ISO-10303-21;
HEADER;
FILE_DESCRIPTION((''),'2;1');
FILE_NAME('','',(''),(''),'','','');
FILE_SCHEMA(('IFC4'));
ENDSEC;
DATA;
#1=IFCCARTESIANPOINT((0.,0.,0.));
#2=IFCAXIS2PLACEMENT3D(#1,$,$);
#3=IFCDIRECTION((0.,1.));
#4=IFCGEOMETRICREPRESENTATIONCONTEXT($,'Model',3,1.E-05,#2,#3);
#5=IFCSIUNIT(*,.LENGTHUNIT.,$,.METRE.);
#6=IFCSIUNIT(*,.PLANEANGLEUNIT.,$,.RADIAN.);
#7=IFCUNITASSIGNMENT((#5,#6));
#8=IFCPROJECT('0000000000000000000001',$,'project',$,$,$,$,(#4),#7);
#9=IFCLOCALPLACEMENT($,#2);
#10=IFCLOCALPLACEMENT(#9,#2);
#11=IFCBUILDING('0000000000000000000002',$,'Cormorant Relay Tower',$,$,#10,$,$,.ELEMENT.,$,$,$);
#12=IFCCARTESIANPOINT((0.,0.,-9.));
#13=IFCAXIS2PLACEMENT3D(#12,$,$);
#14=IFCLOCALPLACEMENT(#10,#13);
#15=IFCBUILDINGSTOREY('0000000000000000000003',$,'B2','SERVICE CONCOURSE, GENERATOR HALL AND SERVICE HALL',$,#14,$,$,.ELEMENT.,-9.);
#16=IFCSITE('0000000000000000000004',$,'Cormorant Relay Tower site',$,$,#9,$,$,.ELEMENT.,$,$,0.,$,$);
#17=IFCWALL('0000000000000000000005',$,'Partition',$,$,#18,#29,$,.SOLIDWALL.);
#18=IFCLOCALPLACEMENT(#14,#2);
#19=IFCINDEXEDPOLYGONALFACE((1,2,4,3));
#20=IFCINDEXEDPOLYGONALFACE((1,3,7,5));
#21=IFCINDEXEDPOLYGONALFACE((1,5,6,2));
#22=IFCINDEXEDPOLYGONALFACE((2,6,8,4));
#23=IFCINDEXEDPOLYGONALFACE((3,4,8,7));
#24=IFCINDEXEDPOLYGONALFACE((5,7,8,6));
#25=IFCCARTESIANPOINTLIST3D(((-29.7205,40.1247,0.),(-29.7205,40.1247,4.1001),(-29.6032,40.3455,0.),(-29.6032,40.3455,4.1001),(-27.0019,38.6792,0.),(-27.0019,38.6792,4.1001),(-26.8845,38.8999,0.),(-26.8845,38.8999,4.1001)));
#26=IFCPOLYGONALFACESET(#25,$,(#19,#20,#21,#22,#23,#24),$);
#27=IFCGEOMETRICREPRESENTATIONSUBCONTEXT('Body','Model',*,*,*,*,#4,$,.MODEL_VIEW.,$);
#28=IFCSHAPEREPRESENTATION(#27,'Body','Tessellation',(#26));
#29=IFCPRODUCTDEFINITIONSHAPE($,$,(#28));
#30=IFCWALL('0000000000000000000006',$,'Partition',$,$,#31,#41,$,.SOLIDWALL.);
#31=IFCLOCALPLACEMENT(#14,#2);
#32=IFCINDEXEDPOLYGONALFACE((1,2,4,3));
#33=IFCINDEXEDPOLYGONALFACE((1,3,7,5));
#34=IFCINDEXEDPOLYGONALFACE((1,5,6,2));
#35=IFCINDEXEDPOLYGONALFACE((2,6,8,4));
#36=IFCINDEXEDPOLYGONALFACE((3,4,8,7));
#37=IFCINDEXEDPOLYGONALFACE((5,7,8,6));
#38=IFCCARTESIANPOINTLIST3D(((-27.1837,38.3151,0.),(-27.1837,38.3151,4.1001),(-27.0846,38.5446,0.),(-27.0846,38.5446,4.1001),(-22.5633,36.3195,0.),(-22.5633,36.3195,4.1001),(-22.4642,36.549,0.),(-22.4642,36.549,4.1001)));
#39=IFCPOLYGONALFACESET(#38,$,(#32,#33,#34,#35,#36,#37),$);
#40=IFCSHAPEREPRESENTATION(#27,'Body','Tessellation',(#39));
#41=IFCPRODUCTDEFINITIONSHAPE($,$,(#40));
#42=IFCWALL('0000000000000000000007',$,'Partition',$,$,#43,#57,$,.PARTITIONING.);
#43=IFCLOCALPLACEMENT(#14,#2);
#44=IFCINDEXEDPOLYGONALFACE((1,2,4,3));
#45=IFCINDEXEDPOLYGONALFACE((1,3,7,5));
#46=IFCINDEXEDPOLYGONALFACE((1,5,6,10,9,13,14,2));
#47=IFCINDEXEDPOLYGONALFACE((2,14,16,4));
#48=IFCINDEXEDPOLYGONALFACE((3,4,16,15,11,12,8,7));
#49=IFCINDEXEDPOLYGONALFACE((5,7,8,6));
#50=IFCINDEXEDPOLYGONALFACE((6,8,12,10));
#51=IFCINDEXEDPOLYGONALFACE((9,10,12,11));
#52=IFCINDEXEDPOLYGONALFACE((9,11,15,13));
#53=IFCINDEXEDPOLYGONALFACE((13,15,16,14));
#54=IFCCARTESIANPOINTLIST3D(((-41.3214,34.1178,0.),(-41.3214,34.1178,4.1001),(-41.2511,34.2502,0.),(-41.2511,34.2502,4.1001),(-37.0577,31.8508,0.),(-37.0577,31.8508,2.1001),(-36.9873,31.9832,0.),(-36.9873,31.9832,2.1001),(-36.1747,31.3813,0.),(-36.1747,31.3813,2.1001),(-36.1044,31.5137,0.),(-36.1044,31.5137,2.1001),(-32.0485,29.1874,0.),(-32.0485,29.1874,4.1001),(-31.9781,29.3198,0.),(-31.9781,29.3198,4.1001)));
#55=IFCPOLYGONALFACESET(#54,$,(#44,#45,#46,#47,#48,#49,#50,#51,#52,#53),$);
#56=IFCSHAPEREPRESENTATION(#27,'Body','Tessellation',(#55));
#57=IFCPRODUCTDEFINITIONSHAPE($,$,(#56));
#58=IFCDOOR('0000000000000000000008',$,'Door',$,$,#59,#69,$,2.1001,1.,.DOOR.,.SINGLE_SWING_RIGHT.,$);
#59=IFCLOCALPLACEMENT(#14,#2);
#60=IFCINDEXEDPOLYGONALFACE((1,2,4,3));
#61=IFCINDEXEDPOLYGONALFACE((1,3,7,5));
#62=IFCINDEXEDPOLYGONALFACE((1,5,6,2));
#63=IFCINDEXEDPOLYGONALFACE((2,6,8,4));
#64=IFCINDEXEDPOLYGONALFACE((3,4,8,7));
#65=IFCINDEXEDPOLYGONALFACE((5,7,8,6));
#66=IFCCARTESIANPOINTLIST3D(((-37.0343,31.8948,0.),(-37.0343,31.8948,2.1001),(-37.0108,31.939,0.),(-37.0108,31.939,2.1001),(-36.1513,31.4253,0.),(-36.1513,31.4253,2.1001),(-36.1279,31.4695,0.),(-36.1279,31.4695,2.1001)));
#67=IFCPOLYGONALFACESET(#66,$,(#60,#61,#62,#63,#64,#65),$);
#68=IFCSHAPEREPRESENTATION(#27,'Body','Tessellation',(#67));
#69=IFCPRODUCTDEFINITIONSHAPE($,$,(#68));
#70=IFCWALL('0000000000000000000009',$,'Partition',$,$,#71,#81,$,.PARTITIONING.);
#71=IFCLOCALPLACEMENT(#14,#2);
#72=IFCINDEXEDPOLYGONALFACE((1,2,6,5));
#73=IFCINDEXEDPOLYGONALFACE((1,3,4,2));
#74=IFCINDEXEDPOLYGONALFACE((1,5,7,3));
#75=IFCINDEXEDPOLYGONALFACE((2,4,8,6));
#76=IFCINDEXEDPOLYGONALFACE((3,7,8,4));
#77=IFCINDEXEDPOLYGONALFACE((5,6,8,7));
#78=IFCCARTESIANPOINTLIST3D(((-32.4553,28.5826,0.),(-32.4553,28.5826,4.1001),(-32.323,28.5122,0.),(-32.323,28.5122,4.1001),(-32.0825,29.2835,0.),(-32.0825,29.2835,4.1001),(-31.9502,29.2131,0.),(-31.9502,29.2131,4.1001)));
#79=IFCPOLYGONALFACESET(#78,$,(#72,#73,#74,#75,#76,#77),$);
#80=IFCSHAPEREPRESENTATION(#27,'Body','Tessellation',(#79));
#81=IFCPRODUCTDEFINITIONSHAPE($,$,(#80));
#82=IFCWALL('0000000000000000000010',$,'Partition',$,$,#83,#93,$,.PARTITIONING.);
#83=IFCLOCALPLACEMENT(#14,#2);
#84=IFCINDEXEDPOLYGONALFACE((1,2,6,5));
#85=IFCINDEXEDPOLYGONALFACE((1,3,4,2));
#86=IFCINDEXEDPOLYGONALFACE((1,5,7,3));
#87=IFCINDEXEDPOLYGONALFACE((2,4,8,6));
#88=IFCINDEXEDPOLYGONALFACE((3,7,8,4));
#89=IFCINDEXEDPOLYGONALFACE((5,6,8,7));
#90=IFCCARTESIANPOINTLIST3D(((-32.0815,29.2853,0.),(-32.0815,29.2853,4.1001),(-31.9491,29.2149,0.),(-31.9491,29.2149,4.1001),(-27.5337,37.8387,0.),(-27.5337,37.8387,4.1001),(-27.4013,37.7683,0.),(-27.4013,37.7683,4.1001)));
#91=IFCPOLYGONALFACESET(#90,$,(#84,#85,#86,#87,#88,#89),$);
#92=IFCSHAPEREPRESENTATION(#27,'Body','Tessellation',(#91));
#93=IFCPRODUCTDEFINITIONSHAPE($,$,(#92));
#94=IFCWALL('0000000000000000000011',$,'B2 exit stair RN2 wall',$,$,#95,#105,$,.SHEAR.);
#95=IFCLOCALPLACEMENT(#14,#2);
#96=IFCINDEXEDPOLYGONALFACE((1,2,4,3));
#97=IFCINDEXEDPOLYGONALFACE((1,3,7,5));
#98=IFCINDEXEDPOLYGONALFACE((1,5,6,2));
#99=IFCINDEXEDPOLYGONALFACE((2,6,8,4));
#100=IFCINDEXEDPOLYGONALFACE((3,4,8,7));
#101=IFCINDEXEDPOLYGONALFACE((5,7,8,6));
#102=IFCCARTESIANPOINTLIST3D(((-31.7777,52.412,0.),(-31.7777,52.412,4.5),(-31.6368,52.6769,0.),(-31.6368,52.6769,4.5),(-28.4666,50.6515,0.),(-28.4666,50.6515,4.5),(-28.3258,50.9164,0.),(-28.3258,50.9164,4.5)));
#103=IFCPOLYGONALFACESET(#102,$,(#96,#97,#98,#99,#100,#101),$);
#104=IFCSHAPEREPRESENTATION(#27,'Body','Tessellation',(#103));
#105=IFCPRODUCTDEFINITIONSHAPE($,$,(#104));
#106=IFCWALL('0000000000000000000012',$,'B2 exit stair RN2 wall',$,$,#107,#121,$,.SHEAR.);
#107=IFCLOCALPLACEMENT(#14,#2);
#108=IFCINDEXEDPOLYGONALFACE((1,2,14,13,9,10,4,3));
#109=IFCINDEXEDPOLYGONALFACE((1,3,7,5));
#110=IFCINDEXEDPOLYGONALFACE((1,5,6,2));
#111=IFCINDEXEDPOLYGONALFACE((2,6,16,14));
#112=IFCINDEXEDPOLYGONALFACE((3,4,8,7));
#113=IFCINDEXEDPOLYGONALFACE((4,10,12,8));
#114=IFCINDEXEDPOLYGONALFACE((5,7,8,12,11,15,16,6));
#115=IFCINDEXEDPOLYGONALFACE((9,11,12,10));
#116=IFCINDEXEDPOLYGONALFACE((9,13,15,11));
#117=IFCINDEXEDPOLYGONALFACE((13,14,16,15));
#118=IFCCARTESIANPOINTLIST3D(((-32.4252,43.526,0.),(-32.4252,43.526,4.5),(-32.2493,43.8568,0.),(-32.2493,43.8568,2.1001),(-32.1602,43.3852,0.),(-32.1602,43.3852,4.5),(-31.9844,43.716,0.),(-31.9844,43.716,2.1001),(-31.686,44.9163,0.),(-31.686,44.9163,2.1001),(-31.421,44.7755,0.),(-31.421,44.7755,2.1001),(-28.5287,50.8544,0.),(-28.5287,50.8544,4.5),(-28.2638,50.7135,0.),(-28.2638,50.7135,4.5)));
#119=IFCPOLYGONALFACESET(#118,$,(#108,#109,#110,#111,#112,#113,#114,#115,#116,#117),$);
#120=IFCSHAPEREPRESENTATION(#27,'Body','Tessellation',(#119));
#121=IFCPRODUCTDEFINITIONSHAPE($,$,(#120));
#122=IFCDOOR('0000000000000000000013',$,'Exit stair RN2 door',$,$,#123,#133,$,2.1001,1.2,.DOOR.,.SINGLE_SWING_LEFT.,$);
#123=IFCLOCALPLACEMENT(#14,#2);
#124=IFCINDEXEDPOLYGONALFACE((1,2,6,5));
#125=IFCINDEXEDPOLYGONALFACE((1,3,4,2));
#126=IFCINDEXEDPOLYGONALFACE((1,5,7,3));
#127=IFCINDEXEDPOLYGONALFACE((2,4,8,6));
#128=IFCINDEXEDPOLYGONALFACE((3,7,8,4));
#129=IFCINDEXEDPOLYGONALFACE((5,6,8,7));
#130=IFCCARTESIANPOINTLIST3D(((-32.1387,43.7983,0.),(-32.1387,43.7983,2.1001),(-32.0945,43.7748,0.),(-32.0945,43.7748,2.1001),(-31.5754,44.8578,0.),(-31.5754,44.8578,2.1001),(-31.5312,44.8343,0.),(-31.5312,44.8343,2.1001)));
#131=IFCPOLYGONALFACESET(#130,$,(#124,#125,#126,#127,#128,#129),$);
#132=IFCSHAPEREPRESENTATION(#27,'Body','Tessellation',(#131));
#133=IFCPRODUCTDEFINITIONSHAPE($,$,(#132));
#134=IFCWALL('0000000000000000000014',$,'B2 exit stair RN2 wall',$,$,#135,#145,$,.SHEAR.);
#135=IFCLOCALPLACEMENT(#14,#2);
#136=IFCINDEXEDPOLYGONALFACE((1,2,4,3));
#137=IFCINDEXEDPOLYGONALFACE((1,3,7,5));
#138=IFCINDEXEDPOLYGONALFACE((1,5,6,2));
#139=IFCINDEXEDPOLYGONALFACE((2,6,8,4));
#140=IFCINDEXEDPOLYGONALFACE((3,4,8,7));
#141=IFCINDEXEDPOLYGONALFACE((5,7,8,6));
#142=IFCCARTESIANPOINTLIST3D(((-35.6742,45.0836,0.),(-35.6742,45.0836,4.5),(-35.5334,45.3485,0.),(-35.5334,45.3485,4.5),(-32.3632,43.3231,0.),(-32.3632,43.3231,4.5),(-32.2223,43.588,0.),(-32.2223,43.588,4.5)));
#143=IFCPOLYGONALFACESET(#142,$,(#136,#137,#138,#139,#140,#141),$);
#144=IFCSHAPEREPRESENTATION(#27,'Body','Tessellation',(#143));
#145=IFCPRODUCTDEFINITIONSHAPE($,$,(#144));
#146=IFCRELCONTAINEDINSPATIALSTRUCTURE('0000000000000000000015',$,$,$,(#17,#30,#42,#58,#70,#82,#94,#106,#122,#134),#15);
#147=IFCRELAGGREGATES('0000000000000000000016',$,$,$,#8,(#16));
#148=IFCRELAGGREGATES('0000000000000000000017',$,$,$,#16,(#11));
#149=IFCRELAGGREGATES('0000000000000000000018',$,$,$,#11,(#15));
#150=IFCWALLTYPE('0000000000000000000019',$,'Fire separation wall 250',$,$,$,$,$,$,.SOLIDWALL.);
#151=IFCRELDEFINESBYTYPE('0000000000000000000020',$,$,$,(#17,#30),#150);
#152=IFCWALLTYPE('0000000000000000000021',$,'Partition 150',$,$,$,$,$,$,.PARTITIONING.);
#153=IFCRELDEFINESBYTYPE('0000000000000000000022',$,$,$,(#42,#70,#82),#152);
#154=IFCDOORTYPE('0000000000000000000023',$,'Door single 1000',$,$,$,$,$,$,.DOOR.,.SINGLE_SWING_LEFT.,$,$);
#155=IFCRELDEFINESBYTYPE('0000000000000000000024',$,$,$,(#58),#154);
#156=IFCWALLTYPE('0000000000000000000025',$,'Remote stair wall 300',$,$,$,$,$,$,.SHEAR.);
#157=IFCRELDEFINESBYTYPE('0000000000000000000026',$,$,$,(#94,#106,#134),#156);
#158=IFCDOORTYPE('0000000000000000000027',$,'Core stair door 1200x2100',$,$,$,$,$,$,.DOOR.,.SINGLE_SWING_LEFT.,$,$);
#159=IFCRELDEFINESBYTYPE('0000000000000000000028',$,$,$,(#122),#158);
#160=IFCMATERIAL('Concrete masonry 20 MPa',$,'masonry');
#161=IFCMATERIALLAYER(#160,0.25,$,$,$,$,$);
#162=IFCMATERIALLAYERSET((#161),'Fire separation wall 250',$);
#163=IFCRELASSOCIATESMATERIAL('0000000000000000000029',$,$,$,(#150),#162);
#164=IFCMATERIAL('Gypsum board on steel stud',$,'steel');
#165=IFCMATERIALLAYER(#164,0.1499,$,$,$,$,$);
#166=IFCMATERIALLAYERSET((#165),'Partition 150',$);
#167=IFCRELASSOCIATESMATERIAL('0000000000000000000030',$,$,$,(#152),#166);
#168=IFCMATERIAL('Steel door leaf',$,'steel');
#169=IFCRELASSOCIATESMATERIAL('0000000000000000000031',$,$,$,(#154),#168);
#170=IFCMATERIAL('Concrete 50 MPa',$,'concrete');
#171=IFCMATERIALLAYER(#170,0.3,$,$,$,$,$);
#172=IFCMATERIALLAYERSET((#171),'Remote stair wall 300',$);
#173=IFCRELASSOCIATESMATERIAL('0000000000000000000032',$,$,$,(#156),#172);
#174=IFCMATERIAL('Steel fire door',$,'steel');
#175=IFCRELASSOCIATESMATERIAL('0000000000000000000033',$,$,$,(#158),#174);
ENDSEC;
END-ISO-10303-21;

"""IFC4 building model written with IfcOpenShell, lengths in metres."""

from ifc_helpers import new_model, si_unit, direction, frame, frame_2d, origin, place, context, subcontext, project, spatial, rectangle, extrude, material, layer, layer_set, type_object, element, fill, save


model = new_model("IFC4")

# Units and contexts
model_context = context("Model", 3, precision=1e-05, world=origin(), true_north=direction((0.0, 1.0)))
body_context = subcontext(model_context, "Body", "Model", "MODEL_VIEW")
ifc_project = project(units=[si_unit("LENGTHUNIT", "METRE"), si_unit("PLANEANGLEUNIT", "RADIAN")], contexts=[model_context])

# Site, building, storey
site_placement = place(None, origin())
site = spatial("IfcSite", under=ifc_project, at=site_placement, Name="Cormorant Relay Tower site", CompositionType="ELEMENT", RefElevation=0.0)
building_placement = place(site_placement, origin())
building = spatial("IfcBuilding", under=site, at=building_placement, Name="Cormorant Relay Tower", CompositionType="ELEMENT")
storey_placement = place(building_placement, frame((0.0, 0.0, -9.0)))
storey = spatial("IfcBuildingStorey", under=building, at=storey_placement, Name="B2", Description="SERVICE CONCOURSE, GENERATOR HALL AND SERVICE HALL", CompositionType="ELEMENT", Elevation=-9.0)

# Walls
ifc_material_1 = material(Name="Concrete masonry 20 MPa", Category="masonry")
ifc_layer_1 = layer(ifc_material_1, 0.25)
ifc_layer_set_1 = layer_set([ifc_layer_1], Name="Fire separation wall 250")
wall_type_1 = type_object("IfcWallType", Name="Fire separation wall 250", PredefinedType="SOLIDWALL", material=ifc_layer_set_1)
wall_1_placement = place(storey_placement, frame((-29.6619, 40.2351, 0.0), z_axis=(0.0, 0.0, 1.0), x_axis=(0.882951, -0.469464, 0.0)))
element("IfcWall", 1, at=wall_1_placement, inside=storey, type_object=wall_type_1, Name="Partition", PredefinedType="SOLIDWALL", context=body_context, shape_type="SweptSolid", body=[
    extrude(rectangle(XDim=3.0791, YDim=0.25, at=frame_2d((1.5396, 0.0))), origin(), (0.0, 0.0, 1.0), 4.1001),
])
wall_2_placement = place(storey_placement, frame((-27.1343, 38.4299, 0.0), z_axis=(0.0, 0.0, 1.0), x_axis=(0.91803, -0.396511, 0.0)))
element("IfcWall", 2, at=wall_2_placement, inside=storey, type_object=wall_type_1, Name="Partition", PredefinedType="SOLIDWALL", context=body_context, shape_type="SweptSolid", body=[
    extrude(rectangle(XDim=5.033, YDim=0.25, at=frame_2d((2.5166, 0.0))), origin(), (0.0, 0.0, 1.0), 4.1001),
])

# Wall, opening, door
ifc_material_2 = material(Name="Gypsum board on steel stud", Category="steel")
ifc_layer_2 = layer(ifc_material_2, 0.1499)
ifc_layer_set_2 = layer_set([ifc_layer_2], Name="Partition 150")
wall_type_2 = type_object("IfcWallType", Name="Partition 150", PredefinedType="PARTITIONING", material=ifc_layer_set_2)
wall_3_placement = place(storey_placement, frame((-32.0134, 29.2537, 0.0), z_axis=(0.0, 0.0, 1.0), x_axis=(-0.882951, 0.469465, 0.0)))
wall_3 = element("IfcWall", 3, at=wall_3_placement, inside=storey, type_object=wall_type_2, Name="Partition", PredefinedType="PARTITIONING", context=body_context, shape_type="SweptSolid", body=[
    extrude(rectangle(XDim=10.5022, YDim=0.1499, at=frame_2d((5.251, 0.0))), origin(), (0.0, 0.0, 1.0), 4.1001),
])
opening_1_placement = place(wall_3_placement, frame((4.6731, 0.0, 0.0)))
opening_1 = element("IfcOpeningElement", 4, at=opening_1_placement, cuts=wall_3, PredefinedType="OPENING", context=body_context, shape_type="SweptSolid", body=[
    extrude(rectangle(XDim=1.0, YDim=2.1001, at=frame_2d((0.5, 1.05))), frame((0.0, 0.085, 0.0), z_axis=(0.0, -1.0, 0.0), x_axis=(1.0, 0.0, 0.0)), (0.0, 0.0, 1.0), 0.1699),
])
ifc_material_3 = material(Name="Steel door leaf", Category="steel")
door_type_1 = type_object("IfcDoorType", Name="Door single 1000", OperationType="SINGLE_SWING_LEFT", PredefinedType="DOOR", material=ifc_material_3)
door_1_placement = place(opening_1_placement, frame((1.0, 0.0, 0.0), z_axis=(0.0, 0.0, 1.0), x_axis=(-1.0, 0.0, 0.0)))
door_1 = element("IfcDoor", 5, at=door_1_placement, inside=storey, type_object=door_type_1, Name="Door", OperationType="SINGLE_SWING_RIGHT", OverallHeight=2.1001, OverallWidth=1.0, PredefinedType="DOOR", context=body_context, shape_type="SweptSolid", body=[
    extrude(rectangle(XDim=1.0, YDim=2.1001, at=frame_2d((0.5, 1.05))), frame((0.0, 0.0249, 0.0), z_axis=(0.0, -1.0, 0.0), x_axis=(1.0, 0.0, 0.0)), (0.0, 0.0, 1.0), 0.05),
])
fill(opening_1, door_1)

# Walls
wall_4_placement = place(storey_placement, frame((-32.3892, 28.5474, 0.0), z_axis=(0.0, 0.0, 1.0), x_axis=(0.469582, 0.882889, 0.0)))
element("IfcWall", 6, at=wall_4_placement, inside=storey, type_object=wall_type_2, Name="Partition", PredefinedType="PARTITIONING", context=body_context, shape_type="SweptSolid", body=[
    extrude(rectangle(XDim=0.7939, YDim=0.1499, at=frame_2d((0.397, 0.0))), origin(), (0.0, 0.0, 1.0), 4.1001),
])
wall_5_placement = place(storey_placement, frame((-32.0154, 29.25, 0.0), z_axis=(0.0, 0.0, 1.0), x_axis=(0.469463, 0.882952, 0.0)))
element("IfcWall", 7, at=wall_5_placement, inside=storey, type_object=wall_type_2, Name="Partition", PredefinedType="PARTITIONING", context=body_context, shape_type="SweptSolid", body=[
    extrude(rectangle(XDim=9.6873, YDim=0.1499, at=frame_2d((4.8438, 0.0))), origin(), (0.0, 0.0, 1.0), 4.1001),
])
ifc_material_4 = material(Name="Concrete 50 MPa", Category="concrete")
ifc_layer_3 = layer(ifc_material_4, 0.3)
ifc_layer_set_3 = layer_set([ifc_layer_3], Name="Remote stair wall 300")
wall_type_3 = type_object("IfcWallType", Name="Remote stair wall 300", PredefinedType="SHEAR", material=ifc_layer_set_3)
wall_6_placement = place(storey_placement, frame((-31.7073, 52.5444, 0.0), z_axis=(0.0, 0.0, 1.0), x_axis=(0.882949, -0.469469, 0.0)))
element("IfcWall", 8, at=wall_6_placement, inside=storey, type_object=wall_type_3, Name="B2 exit stair RN2 wall", PredefinedType="SHEAR", context=body_context, shape_type="SweptSolid", body=[
    extrude(rectangle(XDim=3.75, YDim=0.3, at=frame_2d((1.875, 0.0))), origin(), (0.0, 0.0, 1.0), 4.5),
])

# Wall, opening, door
wall_7_placement = place(storey_placement, frame((-28.3962, 50.7839, 0.0), z_axis=(0.0, 0.0, 1.0), x_axis=(-0.469464, -0.882952, 0.0)))
wall_7 = element("IfcWall", 9, at=wall_7_placement, inside=storey, type_object=wall_type_3, Name="B2 exit stair RN2 wall", PredefinedType="SHEAR", context=body_context, shape_type="SweptSolid", body=[
    extrude(rectangle(XDim=8.2998, YDim=0.3, at=frame_2d((4.1499, 0.0))), origin(), (0.0, 0.0, 1.0), 4.5),
])
opening_2_placement = place(wall_7_placement, frame((6.7251, 0.0, 0.0)))
opening_2 = element("IfcOpeningElement", 10, at=opening_2_placement, cuts=wall_7, PredefinedType="OPENING", context=body_context, shape_type="SweptSolid", body=[
    extrude(rectangle(XDim=1.2, YDim=2.1001, at=frame_2d((0.6001, 1.05))), frame((0.0, 0.1599, 0.0), z_axis=(0.0, -1.0, 0.0), x_axis=(1.0, 0.0, 0.0)), (0.0, 0.0, 1.0), 0.3201),
])
ifc_material_5 = material(Name="Steel fire door", Category="steel")
door_type_2 = type_object("IfcDoorType", Name="Core stair door 1200x2100", OperationType="SINGLE_SWING_LEFT", PredefinedType="DOOR", material=ifc_material_5)
door_2_placement = place(opening_2_placement, frame((1.2, 0.0, 0.0), z_axis=(0.0, 0.0, 1.0), x_axis=(-1.0, 0.0, 0.0)))
door_2 = element("IfcDoor", 11, at=door_2_placement, inside=storey, type_object=door_type_2, Name="Exit stair RN2 door", OperationType="SINGLE_SWING_LEFT", OverallHeight=2.1001, OverallWidth=1.2, PredefinedType="DOOR", context=body_context, shape_type="SweptSolid", body=[
    extrude(rectangle(XDim=1.2, YDim=2.1001, at=frame_2d((0.6001, 1.05))), frame((0.0, 0.0249, 0.0), z_axis=(0.0, -1.0, 0.0), x_axis=(1.0, 0.0, 0.0)), (0.0, 0.0, 1.0), 0.05),
])
fill(opening_2, door_2)

# Wall
wall_8_placement = place(storey_placement, frame((-32.2927, 43.4556, 0.0), z_axis=(0.0, 0.0, 1.0), x_axis=(-0.882949, 0.469469, 0.0)))
element("IfcWall", 12, at=wall_8_placement, inside=storey, type_object=wall_type_3, Name="B2 exit stair RN2 wall", PredefinedType="SHEAR", context=body_context, shape_type="SweptSolid", body=[
    extrude(rectangle(XDim=3.75, YDim=0.3, at=frame_2d((1.875, 0.0))), origin(), (0.0, 0.0, 1.0), 4.5),
])

save(model, "model.ifc")
